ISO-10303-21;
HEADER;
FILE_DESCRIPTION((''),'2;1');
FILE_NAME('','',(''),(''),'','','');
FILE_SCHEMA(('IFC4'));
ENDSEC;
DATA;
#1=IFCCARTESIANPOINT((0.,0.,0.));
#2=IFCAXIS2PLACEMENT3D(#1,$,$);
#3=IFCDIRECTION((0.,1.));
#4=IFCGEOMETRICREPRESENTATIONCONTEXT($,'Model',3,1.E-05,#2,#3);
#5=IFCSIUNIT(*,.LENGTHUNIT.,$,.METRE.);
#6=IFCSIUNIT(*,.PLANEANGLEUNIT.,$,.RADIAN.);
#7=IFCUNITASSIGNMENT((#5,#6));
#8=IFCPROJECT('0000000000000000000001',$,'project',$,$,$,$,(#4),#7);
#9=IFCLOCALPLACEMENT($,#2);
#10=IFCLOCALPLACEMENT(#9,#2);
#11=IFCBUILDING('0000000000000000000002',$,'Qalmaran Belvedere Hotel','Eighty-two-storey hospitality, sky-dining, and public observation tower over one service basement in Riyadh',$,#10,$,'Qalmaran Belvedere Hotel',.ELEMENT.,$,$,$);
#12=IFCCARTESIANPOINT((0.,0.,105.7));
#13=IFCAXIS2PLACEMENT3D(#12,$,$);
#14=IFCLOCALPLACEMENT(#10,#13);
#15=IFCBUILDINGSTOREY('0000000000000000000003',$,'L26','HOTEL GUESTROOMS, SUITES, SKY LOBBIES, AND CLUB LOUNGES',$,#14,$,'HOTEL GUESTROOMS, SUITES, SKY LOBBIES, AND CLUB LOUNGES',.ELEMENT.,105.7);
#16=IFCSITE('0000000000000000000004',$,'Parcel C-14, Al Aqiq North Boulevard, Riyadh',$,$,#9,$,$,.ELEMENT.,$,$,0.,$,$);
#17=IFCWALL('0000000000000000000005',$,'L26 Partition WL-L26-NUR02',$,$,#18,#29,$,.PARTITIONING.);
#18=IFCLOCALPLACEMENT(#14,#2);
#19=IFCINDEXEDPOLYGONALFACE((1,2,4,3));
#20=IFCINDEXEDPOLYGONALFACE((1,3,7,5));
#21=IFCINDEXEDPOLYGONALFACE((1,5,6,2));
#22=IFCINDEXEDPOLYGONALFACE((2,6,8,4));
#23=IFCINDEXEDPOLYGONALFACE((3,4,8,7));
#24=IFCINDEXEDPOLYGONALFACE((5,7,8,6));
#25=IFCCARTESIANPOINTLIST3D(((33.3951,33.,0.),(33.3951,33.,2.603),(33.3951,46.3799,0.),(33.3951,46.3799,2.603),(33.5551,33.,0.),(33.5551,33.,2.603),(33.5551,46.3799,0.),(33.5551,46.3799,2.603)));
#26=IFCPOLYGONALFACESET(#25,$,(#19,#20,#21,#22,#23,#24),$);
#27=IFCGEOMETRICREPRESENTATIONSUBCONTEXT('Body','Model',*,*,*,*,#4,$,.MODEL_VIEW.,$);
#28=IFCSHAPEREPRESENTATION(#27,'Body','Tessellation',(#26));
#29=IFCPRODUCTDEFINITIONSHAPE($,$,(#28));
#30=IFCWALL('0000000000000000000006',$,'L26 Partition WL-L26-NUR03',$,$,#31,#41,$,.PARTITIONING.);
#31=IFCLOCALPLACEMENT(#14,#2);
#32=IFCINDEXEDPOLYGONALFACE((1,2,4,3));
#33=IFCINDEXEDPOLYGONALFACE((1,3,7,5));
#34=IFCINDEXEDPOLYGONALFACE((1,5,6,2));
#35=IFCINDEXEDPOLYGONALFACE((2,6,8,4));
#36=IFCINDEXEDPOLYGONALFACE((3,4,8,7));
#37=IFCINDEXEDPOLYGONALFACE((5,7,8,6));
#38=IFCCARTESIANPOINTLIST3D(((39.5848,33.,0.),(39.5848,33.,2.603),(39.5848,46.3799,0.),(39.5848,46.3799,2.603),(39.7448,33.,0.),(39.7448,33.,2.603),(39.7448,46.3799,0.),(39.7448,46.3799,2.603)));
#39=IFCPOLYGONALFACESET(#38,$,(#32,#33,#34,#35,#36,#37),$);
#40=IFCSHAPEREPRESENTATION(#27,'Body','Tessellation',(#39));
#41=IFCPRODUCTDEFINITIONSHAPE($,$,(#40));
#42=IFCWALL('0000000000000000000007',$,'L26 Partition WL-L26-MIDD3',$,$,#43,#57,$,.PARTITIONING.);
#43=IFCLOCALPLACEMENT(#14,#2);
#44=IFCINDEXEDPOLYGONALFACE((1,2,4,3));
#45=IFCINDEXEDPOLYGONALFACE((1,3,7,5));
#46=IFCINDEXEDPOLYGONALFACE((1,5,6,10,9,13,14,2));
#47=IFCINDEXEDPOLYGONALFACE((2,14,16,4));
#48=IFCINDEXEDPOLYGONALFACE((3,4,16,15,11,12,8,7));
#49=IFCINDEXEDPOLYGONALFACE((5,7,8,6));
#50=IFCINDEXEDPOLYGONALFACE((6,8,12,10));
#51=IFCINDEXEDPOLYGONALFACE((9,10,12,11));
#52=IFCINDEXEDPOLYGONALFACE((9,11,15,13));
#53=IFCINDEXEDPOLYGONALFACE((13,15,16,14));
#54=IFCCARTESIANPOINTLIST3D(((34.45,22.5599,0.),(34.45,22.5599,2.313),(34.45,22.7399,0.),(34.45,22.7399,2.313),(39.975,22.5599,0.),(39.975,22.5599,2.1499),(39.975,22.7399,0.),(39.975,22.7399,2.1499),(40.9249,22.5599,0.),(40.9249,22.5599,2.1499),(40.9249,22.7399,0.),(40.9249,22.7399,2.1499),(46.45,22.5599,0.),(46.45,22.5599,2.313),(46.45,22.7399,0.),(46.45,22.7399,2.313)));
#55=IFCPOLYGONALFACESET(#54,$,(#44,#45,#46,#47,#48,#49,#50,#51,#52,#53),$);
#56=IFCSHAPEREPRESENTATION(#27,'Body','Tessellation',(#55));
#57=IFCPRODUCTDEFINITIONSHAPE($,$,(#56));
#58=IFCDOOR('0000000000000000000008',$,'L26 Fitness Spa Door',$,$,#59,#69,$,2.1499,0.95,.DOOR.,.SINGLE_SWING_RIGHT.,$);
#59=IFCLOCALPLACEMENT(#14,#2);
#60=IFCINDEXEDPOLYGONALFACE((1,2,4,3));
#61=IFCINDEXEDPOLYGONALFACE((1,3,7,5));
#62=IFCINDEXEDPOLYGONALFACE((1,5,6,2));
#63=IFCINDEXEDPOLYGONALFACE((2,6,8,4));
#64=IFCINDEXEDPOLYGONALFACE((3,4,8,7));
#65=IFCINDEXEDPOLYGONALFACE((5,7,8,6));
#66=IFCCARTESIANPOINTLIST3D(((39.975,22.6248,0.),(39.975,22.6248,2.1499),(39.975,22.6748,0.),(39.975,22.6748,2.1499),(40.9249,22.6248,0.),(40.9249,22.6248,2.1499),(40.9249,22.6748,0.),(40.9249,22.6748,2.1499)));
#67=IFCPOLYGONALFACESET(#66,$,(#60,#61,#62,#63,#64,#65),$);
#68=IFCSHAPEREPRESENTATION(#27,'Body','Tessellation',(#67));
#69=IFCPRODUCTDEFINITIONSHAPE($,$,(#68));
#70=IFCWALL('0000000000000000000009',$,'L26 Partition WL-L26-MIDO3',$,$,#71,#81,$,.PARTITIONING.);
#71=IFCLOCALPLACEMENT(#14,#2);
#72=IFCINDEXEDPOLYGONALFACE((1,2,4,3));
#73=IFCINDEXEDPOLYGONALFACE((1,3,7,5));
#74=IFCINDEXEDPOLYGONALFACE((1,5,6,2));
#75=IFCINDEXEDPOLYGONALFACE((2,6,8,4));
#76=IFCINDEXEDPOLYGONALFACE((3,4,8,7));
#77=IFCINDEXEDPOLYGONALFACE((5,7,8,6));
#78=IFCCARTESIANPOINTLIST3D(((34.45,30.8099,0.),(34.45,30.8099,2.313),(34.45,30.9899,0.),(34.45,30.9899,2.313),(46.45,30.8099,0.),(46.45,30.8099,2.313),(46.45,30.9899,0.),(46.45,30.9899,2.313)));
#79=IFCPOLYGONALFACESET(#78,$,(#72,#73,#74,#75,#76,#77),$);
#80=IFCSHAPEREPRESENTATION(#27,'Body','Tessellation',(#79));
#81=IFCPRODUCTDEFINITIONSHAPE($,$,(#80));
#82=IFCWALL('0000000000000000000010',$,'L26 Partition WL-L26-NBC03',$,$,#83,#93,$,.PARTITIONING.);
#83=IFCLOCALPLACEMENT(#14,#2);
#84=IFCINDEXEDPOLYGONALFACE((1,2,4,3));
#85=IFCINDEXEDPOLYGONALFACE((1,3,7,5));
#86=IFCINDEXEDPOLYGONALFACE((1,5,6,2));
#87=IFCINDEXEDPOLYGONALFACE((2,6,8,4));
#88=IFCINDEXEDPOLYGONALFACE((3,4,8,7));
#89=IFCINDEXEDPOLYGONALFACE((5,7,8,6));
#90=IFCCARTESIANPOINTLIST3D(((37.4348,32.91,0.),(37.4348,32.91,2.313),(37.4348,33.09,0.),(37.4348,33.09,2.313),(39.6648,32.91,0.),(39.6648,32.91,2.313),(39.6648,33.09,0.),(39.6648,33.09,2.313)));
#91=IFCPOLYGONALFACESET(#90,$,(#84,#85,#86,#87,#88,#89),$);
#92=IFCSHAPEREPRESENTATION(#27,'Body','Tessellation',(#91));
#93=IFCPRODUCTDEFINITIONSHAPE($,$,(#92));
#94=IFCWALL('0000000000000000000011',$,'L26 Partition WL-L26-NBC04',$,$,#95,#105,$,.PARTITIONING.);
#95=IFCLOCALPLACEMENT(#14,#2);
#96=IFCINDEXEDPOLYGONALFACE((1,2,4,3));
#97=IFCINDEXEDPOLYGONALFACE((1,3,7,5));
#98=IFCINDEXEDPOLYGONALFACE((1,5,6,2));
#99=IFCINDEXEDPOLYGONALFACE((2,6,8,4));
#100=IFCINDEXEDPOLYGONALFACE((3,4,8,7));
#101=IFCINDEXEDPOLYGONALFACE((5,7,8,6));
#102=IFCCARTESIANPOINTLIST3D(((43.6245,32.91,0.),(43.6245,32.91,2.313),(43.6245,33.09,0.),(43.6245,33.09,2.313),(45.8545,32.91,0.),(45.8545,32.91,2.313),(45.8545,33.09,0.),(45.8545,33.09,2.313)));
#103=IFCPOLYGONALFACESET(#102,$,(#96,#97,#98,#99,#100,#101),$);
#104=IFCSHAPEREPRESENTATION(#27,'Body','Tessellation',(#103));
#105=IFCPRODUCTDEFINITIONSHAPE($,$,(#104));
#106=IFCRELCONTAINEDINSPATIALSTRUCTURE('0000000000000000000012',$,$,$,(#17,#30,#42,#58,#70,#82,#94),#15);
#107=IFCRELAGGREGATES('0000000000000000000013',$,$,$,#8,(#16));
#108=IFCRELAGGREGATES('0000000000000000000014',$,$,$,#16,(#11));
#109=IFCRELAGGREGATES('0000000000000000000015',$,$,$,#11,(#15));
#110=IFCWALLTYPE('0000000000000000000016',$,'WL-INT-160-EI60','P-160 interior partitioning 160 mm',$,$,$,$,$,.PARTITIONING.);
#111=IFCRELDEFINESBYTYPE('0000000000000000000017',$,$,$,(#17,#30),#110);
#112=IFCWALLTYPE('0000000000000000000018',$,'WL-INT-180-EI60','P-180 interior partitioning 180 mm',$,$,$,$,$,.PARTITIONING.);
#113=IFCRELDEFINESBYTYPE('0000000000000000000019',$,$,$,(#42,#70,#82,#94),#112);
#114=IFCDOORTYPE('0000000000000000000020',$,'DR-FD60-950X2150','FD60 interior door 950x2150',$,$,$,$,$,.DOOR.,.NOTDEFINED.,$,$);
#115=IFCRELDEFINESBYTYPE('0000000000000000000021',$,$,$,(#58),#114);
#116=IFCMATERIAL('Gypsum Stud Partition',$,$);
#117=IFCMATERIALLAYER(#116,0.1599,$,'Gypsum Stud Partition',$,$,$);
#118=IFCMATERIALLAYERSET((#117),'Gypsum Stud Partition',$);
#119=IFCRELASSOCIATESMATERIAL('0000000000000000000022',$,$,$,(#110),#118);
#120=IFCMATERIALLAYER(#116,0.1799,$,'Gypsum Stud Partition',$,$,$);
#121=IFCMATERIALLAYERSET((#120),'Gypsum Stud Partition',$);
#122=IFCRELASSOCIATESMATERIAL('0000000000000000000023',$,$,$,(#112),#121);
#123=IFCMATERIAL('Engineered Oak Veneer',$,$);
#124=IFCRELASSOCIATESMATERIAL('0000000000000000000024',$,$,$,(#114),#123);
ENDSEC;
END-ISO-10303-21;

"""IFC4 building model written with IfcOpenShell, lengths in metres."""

from ifc_helpers import new_model, si_unit, direction, frame, frame_2d, origin, place, context, subcontext, project, spatial, rectangle, extrude, material, layer, layer_set, type_object, element, fill, save


model = new_model("IFC4")

# Units and contexts
model_context = context("Model", 3, precision=1e-05, world=origin(), true_north=direction((0.0, 1.0)))
body_context = subcontext(model_context, "Body", "Model", "MODEL_VIEW")
ifc_project = project(units=[si_unit("LENGTHUNIT", "METRE"), si_unit("PLANEANGLEUNIT", "RADIAN")], contexts=[model_context])

# Site, building, storey
site_placement = place(None, origin())
site = spatial("IfcSite", under=ifc_project, at=site_placement, Name="Parcel C-14, Al Aqiq North Boulevard, Riyadh", CompositionType="ELEMENT", RefElevation=0.0)
building_placement = place(site_placement, origin())
building = spatial("IfcBuilding", under=site, at=building_placement, Name="Qalmaran Belvedere Hotel", Description="Eighty-two-storey hospitality, sky-dining, and public observation tower over one service basement in Riyadh", LongName="Qalmaran Belvedere Hotel", CompositionType="ELEMENT")
storey_placement = place(building_placement, frame((0.0, 0.0, 105.7)))
storey = spatial("IfcBuildingStorey", under=building, at=storey_placement, Name="L26", Description="HOTEL GUESTROOMS, SUITES, SKY LOBBIES, AND CLUB LOUNGES", LongName="HOTEL GUESTROOMS, SUITES, SKY LOBBIES, AND CLUB LOUNGES", CompositionType="ELEMENT", Elevation=105.7)

# Walls
ifc_material_1 = material(Name="Gypsum Stud Partition")
ifc_layer_1 = layer(ifc_material_1, 0.1599, Name="Gypsum Stud Partition")
ifc_layer_set_1 = layer_set([ifc_layer_1], Name="Gypsum Stud Partition")
wall_type_1 = type_object("IfcWallType", Name="WL-INT-160-EI60", Description="P-160 interior partitioning 160 mm", PredefinedType="PARTITIONING", material=ifc_layer_set_1)
for number, where, z_axis, x_axis, name in (
    (1, (33.4751, 33.0, 0.0), (0.0, 0.0, 1.0), (0.0, 1.0, 0.0), "L26 Partition WL-L26-NUR02"),
    (2, (39.6648, 33.0, 0.0), (0.0, 0.0, 1.0), (0.0, 1.0, 0.0), "L26 Partition WL-L26-NUR03"),
):
    element("IfcWall", number, at=place(storey_placement, frame(where, z_axis=z_axis, x_axis=x_axis)), inside=storey, type_object=wall_type_1, Name=name, PredefinedType="PARTITIONING", context=body_context, shape_type="SweptSolid", body=[
        extrude(rectangle(XDim=13.3799, YDim=0.1599, at=frame_2d((6.6899, 0.0))), origin(), (0.0, 0.0, 1.0), 2.603),
    ])

# Wall, opening, door
ifc_layer_2 = layer(ifc_material_1, 0.1799, Name="Gypsum Stud Partition")
ifc_layer_set_2 = layer_set([ifc_layer_2], Name="Gypsum Stud Partition")
wall_type_2 = type_object("IfcWallType", Name="WL-INT-180-EI60", Description="P-180 interior partitioning 180 mm", PredefinedType="PARTITIONING", material=ifc_layer_set_2)
wall_1_placement = place(storey_placement, frame((34.45, 22.6499, 0.0), z_axis=(0.0, 0.0, 1.0), x_axis=(1.0, 0.0, 0.0)))
wall_1 = element("IfcWall", 3, at=wall_1_placement, inside=storey, type_object=wall_type_2, Name="L26 Partition WL-L26-MIDD3", PredefinedType="PARTITIONING", context=body_context, shape_type="SweptSolid", body=[
    extrude(rectangle(XDim=12.0, YDim=0.1799, at=frame_2d((6.0, 0.0))), origin(), (0.0, 0.0, 1.0), 2.313),
])
opening_1_placement = place(wall_1_placement, frame((5.5249, 0.0, 0.0)))
opening_1 = element("IfcOpeningElement", 4, at=opening_1_placement, cuts=wall_1, PredefinedType="OPENING", context=body_context, shape_type="SweptSolid", body=[
    extrude(rectangle(XDim=0.95, YDim=2.1499, at=frame_2d((0.4751, 1.075))), frame((0.0, 0.1001, 0.0), z_axis=(0.0, -1.0, 0.0), x_axis=(1.0, 0.0, 0.0)), (0.0, 0.0, 1.0), 0.2),
])
ifc_material_2 = material(Name="Engineered Oak Veneer")
door_type = type_object("IfcDoorType", Name="DR-FD60-950X2150", Description="FD60 interior door 950x2150", OperationType="NOTDEFINED", PredefinedType="DOOR", material=ifc_material_2)
door_1_placement = place(opening_1_placement, origin())
door_1 = element("IfcDoor", 5, at=door_1_placement, inside=storey, type_object=door_type, Name="L26 Fitness Spa Door", OperationType="SINGLE_SWING_RIGHT", OverallHeight=2.1499, OverallWidth=0.95, PredefinedType="DOOR", context=body_context, shape_type="SweptSolid", body=[
    extrude(rectangle(XDim=0.95, YDim=2.1499, at=frame_2d((0.4751, 1.075))), frame((0.0, 0.0249, 0.0), z_axis=(0.0, -1.0, 0.0), x_axis=(1.0, 0.0, 0.0)), (0.0, 0.0, 1.0), 0.05),
])
fill(opening_1, door_1)

# Wall
wall_2_placement = place(storey_placement, frame((34.45, 30.8999, 0.0), z_axis=(0.0, 0.0, 1.0), x_axis=(1.0, 0.0, 0.0)))
element("IfcWall", 6, at=wall_2_placement, inside=storey, type_object=wall_type_2, Name="L26 Partition WL-L26-MIDO3", PredefinedType="PARTITIONING", context=body_context, shape_type="SweptSolid", body=[
    extrude(rectangle(XDim=12.0, YDim=0.1799, at=frame_2d((6.0, 0.0))), origin(), (0.0, 0.0, 1.0), 2.313),
])

# Wall
wall_3_placement = place(storey_placement, frame((37.4348, 33.0, 0.0), z_axis=(0.0, 0.0, 1.0), x_axis=(1.0, 0.0, 0.0)))
element("IfcWall", 7, at=wall_3_placement, inside=storey, type_object=wall_type_2, Name="L26 Partition WL-L26-NBC03", PredefinedType="PARTITIONING", context=body_context, shape_type="SweptSolid", body=[
    extrude(rectangle(XDim=2.23, YDim=0.1799, at=frame_2d((1.115, 0.0))), origin(), (0.0, 0.0, 1.0), 2.313),
])

# Wall
wall_4_placement = place(storey_placement, frame((43.6245, 33.0, 0.0), z_axis=(0.0, 0.0, 1.0), x_axis=(1.0, 0.0, 0.0)))
element("IfcWall", 8, at=wall_4_placement, inside=storey, type_object=wall_type_2, Name="L26 Partition WL-L26-NBC04", PredefinedType="PARTITIONING", context=body_context, shape_type="SweptSolid", body=[
    extrude(rectangle(XDim=2.23, YDim=0.1799, at=frame_2d((1.115, 0.0))), origin(), (0.0, 0.0, 1.0), 2.313),
])

save(model, "model.ifc")
